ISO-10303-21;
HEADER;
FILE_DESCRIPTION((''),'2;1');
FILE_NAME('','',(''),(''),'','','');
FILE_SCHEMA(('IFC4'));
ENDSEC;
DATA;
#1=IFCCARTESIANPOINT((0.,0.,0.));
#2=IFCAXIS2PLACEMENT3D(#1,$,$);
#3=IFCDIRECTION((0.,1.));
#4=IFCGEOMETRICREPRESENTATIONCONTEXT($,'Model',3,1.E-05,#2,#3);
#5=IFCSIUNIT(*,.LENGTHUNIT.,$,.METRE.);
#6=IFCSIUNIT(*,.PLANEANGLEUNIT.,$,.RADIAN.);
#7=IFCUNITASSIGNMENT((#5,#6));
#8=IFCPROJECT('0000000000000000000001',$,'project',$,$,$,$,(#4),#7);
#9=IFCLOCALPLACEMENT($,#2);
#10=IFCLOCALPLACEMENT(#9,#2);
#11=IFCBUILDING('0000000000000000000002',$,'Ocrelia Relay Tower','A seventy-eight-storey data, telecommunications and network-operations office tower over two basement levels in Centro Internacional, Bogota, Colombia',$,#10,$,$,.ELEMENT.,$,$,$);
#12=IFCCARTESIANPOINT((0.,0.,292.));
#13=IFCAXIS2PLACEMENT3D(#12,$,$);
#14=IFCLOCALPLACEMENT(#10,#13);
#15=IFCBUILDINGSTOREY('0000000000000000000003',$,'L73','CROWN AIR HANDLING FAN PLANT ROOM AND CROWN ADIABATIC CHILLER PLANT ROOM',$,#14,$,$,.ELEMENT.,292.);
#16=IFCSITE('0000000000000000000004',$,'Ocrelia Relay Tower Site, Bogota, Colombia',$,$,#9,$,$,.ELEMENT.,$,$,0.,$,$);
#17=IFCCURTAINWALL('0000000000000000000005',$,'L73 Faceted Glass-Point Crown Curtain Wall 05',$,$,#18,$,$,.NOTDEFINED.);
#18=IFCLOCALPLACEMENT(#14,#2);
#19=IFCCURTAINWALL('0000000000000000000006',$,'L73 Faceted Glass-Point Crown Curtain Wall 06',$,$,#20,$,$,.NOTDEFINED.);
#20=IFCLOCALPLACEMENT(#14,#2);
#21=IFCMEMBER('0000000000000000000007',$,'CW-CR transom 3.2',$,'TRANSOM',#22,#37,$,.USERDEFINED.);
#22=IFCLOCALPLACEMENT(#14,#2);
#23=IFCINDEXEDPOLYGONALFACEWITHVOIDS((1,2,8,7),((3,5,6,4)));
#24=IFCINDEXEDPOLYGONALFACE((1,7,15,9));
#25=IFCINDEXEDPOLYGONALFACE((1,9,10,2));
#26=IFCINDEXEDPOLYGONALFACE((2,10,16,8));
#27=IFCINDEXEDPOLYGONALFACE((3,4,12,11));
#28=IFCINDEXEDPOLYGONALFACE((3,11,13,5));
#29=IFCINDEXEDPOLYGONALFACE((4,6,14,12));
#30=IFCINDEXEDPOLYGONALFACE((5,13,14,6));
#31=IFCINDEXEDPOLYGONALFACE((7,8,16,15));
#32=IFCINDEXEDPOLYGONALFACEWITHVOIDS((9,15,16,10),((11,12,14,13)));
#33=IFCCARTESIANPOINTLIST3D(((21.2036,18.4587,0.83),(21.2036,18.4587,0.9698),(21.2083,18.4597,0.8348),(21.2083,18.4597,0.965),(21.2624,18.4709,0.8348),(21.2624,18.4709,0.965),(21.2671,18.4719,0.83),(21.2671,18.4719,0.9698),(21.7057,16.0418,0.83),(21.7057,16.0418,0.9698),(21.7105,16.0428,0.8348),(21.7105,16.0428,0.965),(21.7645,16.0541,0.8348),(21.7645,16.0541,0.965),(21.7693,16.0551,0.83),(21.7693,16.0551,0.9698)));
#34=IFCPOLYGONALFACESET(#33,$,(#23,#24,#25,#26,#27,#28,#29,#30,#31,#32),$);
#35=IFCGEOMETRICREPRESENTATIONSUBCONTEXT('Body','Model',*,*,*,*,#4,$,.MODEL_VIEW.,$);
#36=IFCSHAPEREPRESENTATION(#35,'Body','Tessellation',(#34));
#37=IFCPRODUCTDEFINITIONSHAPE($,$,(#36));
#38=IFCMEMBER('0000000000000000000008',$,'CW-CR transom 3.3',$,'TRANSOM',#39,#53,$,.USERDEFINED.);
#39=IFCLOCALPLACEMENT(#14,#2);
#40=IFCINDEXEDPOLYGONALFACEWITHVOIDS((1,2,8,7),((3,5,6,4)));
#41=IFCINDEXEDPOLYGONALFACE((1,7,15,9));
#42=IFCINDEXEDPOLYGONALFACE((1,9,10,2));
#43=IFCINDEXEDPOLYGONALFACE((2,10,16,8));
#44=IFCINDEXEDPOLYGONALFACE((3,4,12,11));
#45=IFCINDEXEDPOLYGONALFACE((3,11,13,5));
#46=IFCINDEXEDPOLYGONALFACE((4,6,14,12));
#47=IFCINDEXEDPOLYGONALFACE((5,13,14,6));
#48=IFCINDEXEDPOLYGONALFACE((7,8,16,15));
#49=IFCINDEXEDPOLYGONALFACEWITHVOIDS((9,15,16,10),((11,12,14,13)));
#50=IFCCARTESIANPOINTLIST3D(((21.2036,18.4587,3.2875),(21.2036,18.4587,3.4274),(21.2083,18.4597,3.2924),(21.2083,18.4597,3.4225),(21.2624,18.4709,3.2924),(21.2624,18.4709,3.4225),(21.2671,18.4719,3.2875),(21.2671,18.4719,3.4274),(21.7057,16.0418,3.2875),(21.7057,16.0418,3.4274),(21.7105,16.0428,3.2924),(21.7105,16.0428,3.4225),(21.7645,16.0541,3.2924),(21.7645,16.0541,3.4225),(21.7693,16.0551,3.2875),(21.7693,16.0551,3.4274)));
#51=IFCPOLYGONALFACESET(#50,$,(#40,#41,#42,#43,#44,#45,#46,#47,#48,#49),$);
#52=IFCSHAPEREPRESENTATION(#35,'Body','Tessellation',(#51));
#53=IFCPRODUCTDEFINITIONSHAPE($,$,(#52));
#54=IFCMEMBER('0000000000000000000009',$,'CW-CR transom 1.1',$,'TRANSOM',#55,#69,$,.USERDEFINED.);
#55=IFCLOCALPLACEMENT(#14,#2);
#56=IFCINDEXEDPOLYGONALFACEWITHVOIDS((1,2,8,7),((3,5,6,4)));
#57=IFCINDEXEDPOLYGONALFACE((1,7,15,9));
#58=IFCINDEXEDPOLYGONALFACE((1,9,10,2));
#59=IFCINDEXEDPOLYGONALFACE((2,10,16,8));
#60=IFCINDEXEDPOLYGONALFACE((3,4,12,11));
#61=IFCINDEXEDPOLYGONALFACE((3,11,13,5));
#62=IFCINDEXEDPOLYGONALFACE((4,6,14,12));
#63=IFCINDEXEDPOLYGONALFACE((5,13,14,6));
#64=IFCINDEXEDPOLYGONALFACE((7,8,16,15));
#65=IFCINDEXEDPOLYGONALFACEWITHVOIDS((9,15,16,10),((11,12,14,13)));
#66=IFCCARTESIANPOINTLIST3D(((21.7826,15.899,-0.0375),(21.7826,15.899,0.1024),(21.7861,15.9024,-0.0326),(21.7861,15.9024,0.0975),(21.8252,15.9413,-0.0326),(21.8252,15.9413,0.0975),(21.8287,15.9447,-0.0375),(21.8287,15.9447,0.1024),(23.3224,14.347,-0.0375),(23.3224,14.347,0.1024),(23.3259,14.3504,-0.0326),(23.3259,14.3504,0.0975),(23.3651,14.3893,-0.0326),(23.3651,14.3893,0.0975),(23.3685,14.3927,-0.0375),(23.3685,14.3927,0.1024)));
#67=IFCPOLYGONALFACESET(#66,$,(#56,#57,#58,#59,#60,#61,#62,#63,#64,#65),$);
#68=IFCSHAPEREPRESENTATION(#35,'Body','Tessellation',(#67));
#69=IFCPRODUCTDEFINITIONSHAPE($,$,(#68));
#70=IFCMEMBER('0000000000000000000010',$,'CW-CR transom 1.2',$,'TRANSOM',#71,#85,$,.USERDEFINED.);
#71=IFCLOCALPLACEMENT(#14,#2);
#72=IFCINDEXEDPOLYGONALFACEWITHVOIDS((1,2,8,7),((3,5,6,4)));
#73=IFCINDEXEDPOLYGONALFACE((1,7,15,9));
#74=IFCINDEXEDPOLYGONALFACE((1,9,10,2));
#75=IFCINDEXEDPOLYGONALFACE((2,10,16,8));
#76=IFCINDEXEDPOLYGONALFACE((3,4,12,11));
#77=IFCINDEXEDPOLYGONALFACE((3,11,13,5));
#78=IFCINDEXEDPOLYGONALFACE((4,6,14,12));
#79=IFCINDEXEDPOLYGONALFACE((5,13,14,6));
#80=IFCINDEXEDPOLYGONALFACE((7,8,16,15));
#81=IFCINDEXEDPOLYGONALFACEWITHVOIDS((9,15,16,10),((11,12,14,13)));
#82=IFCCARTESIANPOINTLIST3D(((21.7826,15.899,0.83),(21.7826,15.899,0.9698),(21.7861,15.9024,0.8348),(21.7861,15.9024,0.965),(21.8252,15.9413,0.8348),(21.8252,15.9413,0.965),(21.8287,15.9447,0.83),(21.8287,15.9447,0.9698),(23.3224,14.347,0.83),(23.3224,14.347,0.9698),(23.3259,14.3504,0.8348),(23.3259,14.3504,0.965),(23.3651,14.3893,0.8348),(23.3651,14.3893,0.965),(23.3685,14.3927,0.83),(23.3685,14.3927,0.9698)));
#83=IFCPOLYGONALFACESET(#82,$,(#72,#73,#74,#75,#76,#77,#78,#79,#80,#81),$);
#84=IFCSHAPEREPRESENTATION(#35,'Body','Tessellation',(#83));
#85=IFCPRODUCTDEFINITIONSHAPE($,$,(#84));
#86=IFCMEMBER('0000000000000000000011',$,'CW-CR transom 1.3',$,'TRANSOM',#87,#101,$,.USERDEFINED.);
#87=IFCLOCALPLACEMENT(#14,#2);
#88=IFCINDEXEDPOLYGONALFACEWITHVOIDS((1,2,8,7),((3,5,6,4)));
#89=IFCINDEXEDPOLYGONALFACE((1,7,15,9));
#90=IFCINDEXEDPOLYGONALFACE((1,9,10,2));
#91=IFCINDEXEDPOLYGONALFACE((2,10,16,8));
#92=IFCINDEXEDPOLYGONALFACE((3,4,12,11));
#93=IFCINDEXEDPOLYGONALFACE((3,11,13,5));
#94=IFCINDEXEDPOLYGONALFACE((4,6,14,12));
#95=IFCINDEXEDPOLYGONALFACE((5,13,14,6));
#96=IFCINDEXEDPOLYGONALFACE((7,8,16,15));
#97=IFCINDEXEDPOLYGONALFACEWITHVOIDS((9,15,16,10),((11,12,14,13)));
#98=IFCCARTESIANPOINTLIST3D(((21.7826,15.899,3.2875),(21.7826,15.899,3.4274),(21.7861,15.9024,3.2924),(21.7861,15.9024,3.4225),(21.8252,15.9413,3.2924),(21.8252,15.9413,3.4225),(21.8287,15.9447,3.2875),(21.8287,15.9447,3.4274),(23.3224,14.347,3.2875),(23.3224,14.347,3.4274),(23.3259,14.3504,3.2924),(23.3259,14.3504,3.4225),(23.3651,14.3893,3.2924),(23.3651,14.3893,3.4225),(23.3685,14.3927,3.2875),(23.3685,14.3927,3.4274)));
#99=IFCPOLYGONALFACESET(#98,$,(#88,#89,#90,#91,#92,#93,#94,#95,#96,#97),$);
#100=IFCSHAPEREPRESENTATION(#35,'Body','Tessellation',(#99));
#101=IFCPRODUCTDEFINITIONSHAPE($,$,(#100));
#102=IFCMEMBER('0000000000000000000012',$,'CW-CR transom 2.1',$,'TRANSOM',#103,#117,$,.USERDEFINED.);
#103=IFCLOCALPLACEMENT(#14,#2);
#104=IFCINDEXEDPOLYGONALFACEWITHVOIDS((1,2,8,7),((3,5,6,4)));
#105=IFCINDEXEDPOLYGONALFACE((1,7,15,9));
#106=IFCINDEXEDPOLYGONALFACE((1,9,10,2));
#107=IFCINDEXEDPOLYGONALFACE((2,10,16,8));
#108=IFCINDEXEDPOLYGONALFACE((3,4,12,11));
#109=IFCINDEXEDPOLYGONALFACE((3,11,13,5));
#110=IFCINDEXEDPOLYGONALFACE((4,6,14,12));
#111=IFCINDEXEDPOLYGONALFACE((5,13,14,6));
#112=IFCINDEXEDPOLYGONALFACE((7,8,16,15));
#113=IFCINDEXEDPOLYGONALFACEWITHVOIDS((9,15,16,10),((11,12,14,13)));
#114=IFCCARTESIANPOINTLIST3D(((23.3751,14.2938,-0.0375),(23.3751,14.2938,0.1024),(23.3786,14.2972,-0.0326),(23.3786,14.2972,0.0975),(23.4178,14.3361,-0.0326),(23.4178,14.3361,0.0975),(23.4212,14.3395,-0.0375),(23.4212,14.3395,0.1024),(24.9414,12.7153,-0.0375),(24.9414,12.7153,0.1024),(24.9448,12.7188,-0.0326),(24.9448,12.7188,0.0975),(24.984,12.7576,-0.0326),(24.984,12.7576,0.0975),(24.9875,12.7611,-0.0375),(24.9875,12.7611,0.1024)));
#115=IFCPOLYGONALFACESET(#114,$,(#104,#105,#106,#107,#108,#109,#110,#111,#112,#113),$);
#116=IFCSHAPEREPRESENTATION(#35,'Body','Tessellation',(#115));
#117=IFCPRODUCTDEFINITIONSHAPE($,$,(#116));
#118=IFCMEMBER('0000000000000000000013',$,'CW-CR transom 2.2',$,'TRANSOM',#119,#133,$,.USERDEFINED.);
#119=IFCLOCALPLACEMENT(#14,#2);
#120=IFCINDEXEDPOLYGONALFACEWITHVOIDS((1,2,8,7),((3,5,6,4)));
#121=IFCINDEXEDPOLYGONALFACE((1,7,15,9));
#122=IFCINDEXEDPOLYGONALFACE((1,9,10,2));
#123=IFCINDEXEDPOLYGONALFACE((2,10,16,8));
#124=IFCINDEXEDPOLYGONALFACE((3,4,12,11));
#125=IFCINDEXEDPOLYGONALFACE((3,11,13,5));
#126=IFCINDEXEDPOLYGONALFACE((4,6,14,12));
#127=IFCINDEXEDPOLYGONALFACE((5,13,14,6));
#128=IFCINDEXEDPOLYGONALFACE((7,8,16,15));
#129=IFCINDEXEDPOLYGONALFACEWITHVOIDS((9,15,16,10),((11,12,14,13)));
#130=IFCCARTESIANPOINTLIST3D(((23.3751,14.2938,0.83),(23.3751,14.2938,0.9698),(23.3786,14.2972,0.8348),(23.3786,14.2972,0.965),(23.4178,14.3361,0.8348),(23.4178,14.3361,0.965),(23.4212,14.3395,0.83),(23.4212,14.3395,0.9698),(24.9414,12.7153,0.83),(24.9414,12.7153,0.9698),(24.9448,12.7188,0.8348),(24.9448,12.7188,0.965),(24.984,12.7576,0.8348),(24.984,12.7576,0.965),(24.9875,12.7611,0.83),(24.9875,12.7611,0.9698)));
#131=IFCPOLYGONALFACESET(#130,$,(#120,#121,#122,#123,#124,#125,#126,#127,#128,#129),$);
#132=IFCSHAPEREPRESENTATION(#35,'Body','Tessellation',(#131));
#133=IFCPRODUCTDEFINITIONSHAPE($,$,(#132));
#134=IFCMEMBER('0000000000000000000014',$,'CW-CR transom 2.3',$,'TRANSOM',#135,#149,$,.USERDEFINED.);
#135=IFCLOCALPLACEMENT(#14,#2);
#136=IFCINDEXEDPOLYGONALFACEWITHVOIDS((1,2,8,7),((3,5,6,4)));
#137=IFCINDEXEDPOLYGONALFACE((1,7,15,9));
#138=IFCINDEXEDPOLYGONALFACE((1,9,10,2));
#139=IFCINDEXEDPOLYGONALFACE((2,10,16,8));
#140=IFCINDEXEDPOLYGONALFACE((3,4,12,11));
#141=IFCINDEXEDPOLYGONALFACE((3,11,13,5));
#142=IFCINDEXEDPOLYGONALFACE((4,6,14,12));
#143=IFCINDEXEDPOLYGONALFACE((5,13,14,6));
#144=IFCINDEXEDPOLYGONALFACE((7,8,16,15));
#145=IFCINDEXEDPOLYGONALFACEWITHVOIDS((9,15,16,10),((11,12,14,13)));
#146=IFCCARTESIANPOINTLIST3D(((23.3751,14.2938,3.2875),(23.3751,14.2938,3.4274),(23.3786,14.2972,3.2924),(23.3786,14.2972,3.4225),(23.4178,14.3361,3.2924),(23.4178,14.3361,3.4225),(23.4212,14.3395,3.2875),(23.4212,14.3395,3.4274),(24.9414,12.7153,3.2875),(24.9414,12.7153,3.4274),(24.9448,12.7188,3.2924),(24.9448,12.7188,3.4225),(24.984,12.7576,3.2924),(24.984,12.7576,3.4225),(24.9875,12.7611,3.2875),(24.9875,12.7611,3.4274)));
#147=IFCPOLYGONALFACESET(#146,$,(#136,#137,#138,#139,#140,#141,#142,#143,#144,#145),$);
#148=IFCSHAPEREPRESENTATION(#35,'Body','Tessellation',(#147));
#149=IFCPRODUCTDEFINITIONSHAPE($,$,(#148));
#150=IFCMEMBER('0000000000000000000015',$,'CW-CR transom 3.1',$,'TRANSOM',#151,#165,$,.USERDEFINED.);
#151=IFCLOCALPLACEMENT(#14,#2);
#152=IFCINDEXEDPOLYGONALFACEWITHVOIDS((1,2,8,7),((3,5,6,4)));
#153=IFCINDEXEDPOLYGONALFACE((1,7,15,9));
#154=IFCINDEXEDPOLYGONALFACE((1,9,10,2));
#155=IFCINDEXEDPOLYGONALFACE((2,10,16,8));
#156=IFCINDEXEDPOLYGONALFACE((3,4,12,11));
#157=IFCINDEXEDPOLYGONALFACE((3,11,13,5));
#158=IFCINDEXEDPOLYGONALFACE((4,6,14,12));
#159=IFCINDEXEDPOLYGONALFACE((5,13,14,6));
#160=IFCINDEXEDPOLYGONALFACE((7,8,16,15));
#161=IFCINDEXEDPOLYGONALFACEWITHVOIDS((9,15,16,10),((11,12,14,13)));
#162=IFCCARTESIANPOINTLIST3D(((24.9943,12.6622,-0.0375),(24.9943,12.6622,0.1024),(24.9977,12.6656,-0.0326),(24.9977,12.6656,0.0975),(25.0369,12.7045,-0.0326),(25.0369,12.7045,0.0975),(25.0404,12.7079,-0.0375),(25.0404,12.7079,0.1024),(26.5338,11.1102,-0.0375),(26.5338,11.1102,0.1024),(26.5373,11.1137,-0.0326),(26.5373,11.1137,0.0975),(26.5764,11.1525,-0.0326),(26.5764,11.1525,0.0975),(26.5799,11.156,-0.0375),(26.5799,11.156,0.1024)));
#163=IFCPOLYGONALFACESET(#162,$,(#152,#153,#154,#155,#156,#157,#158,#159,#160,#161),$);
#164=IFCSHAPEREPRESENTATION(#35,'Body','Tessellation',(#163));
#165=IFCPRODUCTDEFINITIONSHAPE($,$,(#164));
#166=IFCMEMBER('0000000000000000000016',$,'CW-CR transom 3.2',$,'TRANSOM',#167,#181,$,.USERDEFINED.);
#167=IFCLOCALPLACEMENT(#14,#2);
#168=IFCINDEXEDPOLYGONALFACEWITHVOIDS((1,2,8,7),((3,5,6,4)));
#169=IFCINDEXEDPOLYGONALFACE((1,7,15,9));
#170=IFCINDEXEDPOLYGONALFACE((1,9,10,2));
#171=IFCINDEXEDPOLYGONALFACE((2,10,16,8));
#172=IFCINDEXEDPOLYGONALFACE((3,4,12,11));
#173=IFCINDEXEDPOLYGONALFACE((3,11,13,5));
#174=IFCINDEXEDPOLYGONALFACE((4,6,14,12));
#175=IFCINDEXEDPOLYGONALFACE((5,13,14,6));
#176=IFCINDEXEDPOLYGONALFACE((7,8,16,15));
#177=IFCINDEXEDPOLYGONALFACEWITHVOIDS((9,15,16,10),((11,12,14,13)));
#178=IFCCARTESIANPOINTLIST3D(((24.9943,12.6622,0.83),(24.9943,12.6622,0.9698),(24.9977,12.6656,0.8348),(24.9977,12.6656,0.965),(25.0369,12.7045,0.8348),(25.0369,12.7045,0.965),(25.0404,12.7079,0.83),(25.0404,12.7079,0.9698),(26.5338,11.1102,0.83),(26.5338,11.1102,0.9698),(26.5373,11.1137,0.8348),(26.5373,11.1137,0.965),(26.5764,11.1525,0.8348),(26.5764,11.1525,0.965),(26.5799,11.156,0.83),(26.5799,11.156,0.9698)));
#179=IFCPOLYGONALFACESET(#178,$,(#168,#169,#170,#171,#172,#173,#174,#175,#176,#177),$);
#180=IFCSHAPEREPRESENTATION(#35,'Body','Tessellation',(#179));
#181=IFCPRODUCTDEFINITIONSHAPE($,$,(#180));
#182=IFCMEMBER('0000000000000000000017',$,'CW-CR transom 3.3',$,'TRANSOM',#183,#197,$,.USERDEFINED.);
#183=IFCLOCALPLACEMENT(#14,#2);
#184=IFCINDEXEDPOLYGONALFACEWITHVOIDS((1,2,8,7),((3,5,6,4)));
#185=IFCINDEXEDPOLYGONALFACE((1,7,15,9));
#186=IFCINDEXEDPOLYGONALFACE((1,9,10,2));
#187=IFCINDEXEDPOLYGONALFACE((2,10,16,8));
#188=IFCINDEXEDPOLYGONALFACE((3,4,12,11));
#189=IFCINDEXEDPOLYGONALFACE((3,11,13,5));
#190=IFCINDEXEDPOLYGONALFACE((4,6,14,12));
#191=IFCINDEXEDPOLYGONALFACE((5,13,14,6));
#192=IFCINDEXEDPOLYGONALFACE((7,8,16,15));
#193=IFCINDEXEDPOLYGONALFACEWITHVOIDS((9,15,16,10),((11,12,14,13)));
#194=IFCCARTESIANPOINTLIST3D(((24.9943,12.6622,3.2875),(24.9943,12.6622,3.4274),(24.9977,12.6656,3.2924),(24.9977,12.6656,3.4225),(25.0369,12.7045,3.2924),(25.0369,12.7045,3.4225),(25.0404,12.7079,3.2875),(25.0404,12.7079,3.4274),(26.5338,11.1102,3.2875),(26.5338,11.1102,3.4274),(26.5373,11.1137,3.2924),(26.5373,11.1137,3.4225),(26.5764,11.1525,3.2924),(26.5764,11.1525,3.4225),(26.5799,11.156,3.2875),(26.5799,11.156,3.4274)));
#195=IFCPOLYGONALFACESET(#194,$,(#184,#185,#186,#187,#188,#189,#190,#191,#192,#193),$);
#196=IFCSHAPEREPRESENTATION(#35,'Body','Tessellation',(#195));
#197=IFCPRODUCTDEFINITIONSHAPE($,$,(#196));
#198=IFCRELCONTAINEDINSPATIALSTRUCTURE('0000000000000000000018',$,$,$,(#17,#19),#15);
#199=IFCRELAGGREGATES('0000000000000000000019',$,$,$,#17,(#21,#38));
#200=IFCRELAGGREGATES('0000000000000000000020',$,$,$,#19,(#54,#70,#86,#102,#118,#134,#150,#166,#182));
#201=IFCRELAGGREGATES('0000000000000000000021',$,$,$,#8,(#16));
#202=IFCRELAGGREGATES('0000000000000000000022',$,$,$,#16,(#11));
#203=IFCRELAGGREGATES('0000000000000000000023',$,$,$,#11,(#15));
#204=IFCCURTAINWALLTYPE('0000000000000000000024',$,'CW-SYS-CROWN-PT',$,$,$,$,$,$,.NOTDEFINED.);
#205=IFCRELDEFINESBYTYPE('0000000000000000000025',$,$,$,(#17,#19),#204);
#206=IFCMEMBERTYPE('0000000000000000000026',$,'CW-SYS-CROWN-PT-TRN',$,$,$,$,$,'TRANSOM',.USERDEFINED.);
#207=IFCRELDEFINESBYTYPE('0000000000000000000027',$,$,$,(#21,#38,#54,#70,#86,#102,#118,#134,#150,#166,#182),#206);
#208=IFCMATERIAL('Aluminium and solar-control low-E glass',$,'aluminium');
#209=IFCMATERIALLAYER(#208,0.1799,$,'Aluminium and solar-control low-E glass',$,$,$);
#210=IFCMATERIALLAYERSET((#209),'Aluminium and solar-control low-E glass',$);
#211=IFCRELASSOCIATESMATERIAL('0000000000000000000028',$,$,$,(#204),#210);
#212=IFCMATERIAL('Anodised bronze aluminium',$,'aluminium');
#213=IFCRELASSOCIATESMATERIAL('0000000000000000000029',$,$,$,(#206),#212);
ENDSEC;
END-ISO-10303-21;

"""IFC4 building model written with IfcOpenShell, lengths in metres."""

from ifc_helpers import new_model, si_unit, direction, frame, origin, origin_2d, place, context, subcontext, project, spatial, hollow_rectangle, extrude, material, layer, layer_set, material_profile, profile_set, type_object, element, aggregate, save


model = new_model("IFC4")

# Units and contexts
model_context = context("Model", 3, precision=1e-05, world=origin(), true_north=direction((0.0, 1.0)))
body_context = subcontext(model_context, "Body", "Model", "MODEL_VIEW")
ifc_project = project(units=[si_unit("LENGTHUNIT", "METRE"), si_unit("PLANEANGLEUNIT", "RADIAN")], contexts=[model_context])

# Site, building, storey
site_placement = place(None, origin())
site = spatial("IfcSite", under=ifc_project, at=site_placement, Name="Ocrelia Relay Tower Site, Bogota, Colombia", CompositionType="ELEMENT", RefElevation=0.0)
building_placement = place(site_placement, origin())
building = spatial("IfcBuilding", under=site, at=building_placement, Name="Ocrelia Relay Tower", Description="A seventy-eight-storey data, telecommunications and network-operations office tower over two basement levels in Centro Internacional, Bogota, Colombia", CompositionType="ELEMENT")
storey_placement = place(building_placement, frame((0.0, 0.0, 292.0)))
storey = spatial("IfcBuildingStorey", under=building, at=storey_placement, Name="L73", Description="CROWN AIR HANDLING FAN PLANT ROOM AND CROWN ADIABATIC CHILLER PLANT ROOM", CompositionType="ELEMENT", Elevation=292.0)

# Curtain walls
ifc_material_1 = material(Name="Aluminium and solar-control low-E glass", Category="aluminium")
ifc_layer_1 = layer(ifc_material_1, 0.1799, Name="Aluminium and solar-control low-E glass")
ifc_layer_set_1 = layer_set([ifc_layer_1], Name="Aluminium and solar-control low-E glass")
curtain_wall_type = type_object("IfcCurtainWallType", Name="CW-SYS-CROWN-PT", PredefinedType="NOTDEFINED", material=ifc_layer_set_1)
curtain_wall_1_placement = place(storey_placement, origin())
curtain_wall_1 = element("IfcCurtainWall", 1, at=curtain_wall_1_placement, inside=storey, type_object=curtain_wall_type, Name="L73 Faceted Glass-Point Crown Curtain Wall 05", PredefinedType="NOTDEFINED")
ifc_material_2 = material(Name="Anodised bronze aluminium", Category="aluminium")
curtain_wall_2_placement = place(storey_placement, origin())
curtain_wall_2 = element("IfcCurtainWall", 2, at=curtain_wall_2_placement, inside=storey, type_object=curtain_wall_type, Name="L73 Faceted Glass-Point Crown Curtain Wall 06", PredefinedType="NOTDEFINED")

# Members
ifc_material_profile_1 = material_profile(ifc_material_2, hollow_rectangle(XDim=0.0649, YDim=0.1399, WallThickness=0.0049, at=origin_2d()), Name="CW-TRN-140x65")
ifc_profile_set_1 = profile_set([ifc_material_profile_1], Name="Anodised bronze aluminium")
member_type_1 = type_object("IfcMemberType", Name="CW-SYS-CROWN-PT-TRN", ElementType="TRANSOM", PredefinedType="USERDEFINED", material=ifc_profile_set_1)
member_1_placement = place(storey_placement, frame((21.2354, 18.4653, 0.8999), z_axis=(0.203433, -0.979089, 0.0), x_axis=(0.979089, 0.203433, 0.0)))
member_1 = element("IfcMember", 3, at=member_1_placement, type_object=member_type_1, Name="CW-CR transom 3.2", ObjectType="TRANSOM", PredefinedType="USERDEFINED", context=body_context, shape_type="SweptSolid", body=[
    extrude(hollow_rectangle(XDim=0.0649, YDim=0.1399, WallThickness=0.0049, at=origin_2d()), origin(), (0.0, 0.0, 1.0), 2.4685),
])
member_2_placement = place(storey_placement, frame((21.2354, 18.4653, 3.3574), z_axis=(0.203433, -0.979089, 0.0), x_axis=(0.979089, 0.203433, 0.0)))
member_2 = element("IfcMember", 4, at=member_2_placement, type_object=member_type_1, Name="CW-CR transom 3.3", ObjectType="TRANSOM", PredefinedType="USERDEFINED", context=body_context, shape_type="SweptSolid", body=[
    extrude(hollow_rectangle(XDim=0.0649, YDim=0.1399, WallThickness=0.0049, at=origin_2d()), origin(), (0.0, 0.0, 1.0), 2.4685),
])
member_3_placement = place(storey_placement, frame((21.8057, 15.9219, 0.0325), z_axis=(0.704309, -0.709893, 0.0), x_axis=(0.709893, 0.704309, 0.0)))
member_3 = element("IfcMember", 5, at=member_3_placement, type_object=member_type_1, Name="CW-CR transom 1.1", ObjectType="TRANSOM", PredefinedType="USERDEFINED", context=body_context, shape_type="SweptSolid", body=[
    extrude(hollow_rectangle(XDim=0.0649, YDim=0.1399, WallThickness=0.0049, at=origin_2d()), origin(), (0.0, 0.0, 1.0), 2.1863),
])
member_4_placement = place(storey_placement, frame((21.8057, 15.9219, 0.8999), z_axis=(0.704309, -0.709893, 0.0), x_axis=(0.709893, 0.704309, 0.0)))
member_4 = element("IfcMember", 6, at=member_4_placement, type_object=member_type_1, Name="CW-CR transom 1.2", ObjectType="TRANSOM", PredefinedType="USERDEFINED", context=body_context, shape_type="SweptSolid", body=[
    extrude(hollow_rectangle(XDim=0.0649, YDim=0.1399, WallThickness=0.0049, at=origin_2d()), origin(), (0.0, 0.0, 1.0), 2.1863),
])
member_5_placement = place(storey_placement, frame((21.8057, 15.9219, 3.3574), z_axis=(0.704309, -0.709893, 0.0), x_axis=(0.709893, 0.704309, 0.0)))
member_5 = element("IfcMember", 7, at=member_5_placement, type_object=member_type_1, Name="CW-CR transom 1.3", ObjectType="TRANSOM", PredefinedType="USERDEFINED", context=body_context, shape_type="SweptSolid", body=[
    extrude(hollow_rectangle(XDim=0.0649, YDim=0.1399, WallThickness=0.0049, at=origin_2d()), origin(), (0.0, 0.0, 1.0), 2.1863),
])
member_6_placement = place(storey_placement, frame((23.3982, 14.3167, 0.0325), z_axis=(0.704356, -0.709846, 0.0), x_axis=(0.709846, 0.704356, 0.0)))
member_6 = element("IfcMember", 8, at=member_6_placement, type_object=member_type_1, Name="CW-CR transom 2.1", ObjectType="TRANSOM", PredefinedType="USERDEFINED", context=body_context, shape_type="SweptSolid", body=[
    extrude(hollow_rectangle(XDim=0.0649, YDim=0.1399, WallThickness=0.0049, at=origin_2d()), origin(), (0.0, 0.0, 1.0), 2.2236),
])
member_7_placement = place(storey_placement, frame((23.3982, 14.3167, 0.8999), z_axis=(0.704356, -0.709846, 0.0), x_axis=(0.709846, 0.704356, 0.0)))
member_7 = element("IfcMember", 9, at=member_7_placement, type_object=member_type_1, Name="CW-CR transom 2.2", ObjectType="TRANSOM", PredefinedType="USERDEFINED", context=body_context, shape_type="SweptSolid", body=[
    extrude(hollow_rectangle(XDim=0.0649, YDim=0.1399, WallThickness=0.0049, at=origin_2d()), origin(), (0.0, 0.0, 1.0), 2.2236),
])
member_8_placement = place(storey_placement, frame((23.3982, 14.3167, 3.3574), z_axis=(0.704356, -0.709846, 0.0), x_axis=(0.709846, 0.704356, 0.0)))
member_8 = element("IfcMember", 10, at=member_8_placement, type_object=member_type_1, Name="CW-CR transom 2.3", ObjectType="TRANSOM", PredefinedType="USERDEFINED", context=body_context, shape_type="SweptSolid", body=[
    extrude(hollow_rectangle(XDim=0.0649, YDim=0.1399, WallThickness=0.0049, at=origin_2d()), origin(), (0.0, 0.0, 1.0), 2.2236),
])
member_9_placement = place(storey_placement, frame((25.0173, 12.6851, 0.0325), z_axis=(0.704253, -0.709949, 0.0), x_axis=(0.709949, 0.704253, 0.0)))
member_9 = element("IfcMember", 11, at=member_9_placement, type_object=member_type_1, Name="CW-CR transom 3.1", ObjectType="TRANSOM", PredefinedType="USERDEFINED", context=body_context, shape_type="SweptSolid", body=[
    extrude(hollow_rectangle(XDim=0.0649, YDim=0.1399, WallThickness=0.0049, at=origin_2d()), origin(), (0.0, 0.0, 1.0), 2.186),
])
member_10_placement = place(storey_placement, frame((25.0173, 12.6851, 0.8999), z_axis=(0.704253, -0.709949, 0.0), x_axis=(0.709949, 0.704253, 0.0)))
member_10 = element("IfcMember", 12, at=member_10_placement, type_object=member_type_1, Name="CW-CR transom 3.2", ObjectType="TRANSOM", PredefinedType="USERDEFINED", context=body_context, shape_type="SweptSolid", body=[
    extrude(hollow_rectangle(XDim=0.0649, YDim=0.1399, WallThickness=0.0049, at=origin_2d()), origin(), (0.0, 0.0, 1.0), 2.186),
])
member_11_placement = place(storey_placement, frame((25.0173, 12.6851, 3.3574), z_axis=(0.704253, -0.709949, 0.0), x_axis=(0.709949, 0.704253, 0.0)))
member_11 = element("IfcMember", 13, at=member_11_placement, type_object=member_type_1, Name="CW-CR transom 3.3", ObjectType="TRANSOM", PredefinedType="USERDEFINED", context=body_context, shape_type="SweptSolid", body=[
    extrude(hollow_rectangle(XDim=0.0649, YDim=0.1399, WallThickness=0.0049, at=origin_2d()), origin(), (0.0, 0.0, 1.0), 2.186),
])

aggregate(curtain_wall_1, [member_1, member_2])
aggregate(curtain_wall_2, [member_3, member_4, member_5, member_6, member_7, member_8, member_9, member_10, member_11])

save(model, "model.ifc")
